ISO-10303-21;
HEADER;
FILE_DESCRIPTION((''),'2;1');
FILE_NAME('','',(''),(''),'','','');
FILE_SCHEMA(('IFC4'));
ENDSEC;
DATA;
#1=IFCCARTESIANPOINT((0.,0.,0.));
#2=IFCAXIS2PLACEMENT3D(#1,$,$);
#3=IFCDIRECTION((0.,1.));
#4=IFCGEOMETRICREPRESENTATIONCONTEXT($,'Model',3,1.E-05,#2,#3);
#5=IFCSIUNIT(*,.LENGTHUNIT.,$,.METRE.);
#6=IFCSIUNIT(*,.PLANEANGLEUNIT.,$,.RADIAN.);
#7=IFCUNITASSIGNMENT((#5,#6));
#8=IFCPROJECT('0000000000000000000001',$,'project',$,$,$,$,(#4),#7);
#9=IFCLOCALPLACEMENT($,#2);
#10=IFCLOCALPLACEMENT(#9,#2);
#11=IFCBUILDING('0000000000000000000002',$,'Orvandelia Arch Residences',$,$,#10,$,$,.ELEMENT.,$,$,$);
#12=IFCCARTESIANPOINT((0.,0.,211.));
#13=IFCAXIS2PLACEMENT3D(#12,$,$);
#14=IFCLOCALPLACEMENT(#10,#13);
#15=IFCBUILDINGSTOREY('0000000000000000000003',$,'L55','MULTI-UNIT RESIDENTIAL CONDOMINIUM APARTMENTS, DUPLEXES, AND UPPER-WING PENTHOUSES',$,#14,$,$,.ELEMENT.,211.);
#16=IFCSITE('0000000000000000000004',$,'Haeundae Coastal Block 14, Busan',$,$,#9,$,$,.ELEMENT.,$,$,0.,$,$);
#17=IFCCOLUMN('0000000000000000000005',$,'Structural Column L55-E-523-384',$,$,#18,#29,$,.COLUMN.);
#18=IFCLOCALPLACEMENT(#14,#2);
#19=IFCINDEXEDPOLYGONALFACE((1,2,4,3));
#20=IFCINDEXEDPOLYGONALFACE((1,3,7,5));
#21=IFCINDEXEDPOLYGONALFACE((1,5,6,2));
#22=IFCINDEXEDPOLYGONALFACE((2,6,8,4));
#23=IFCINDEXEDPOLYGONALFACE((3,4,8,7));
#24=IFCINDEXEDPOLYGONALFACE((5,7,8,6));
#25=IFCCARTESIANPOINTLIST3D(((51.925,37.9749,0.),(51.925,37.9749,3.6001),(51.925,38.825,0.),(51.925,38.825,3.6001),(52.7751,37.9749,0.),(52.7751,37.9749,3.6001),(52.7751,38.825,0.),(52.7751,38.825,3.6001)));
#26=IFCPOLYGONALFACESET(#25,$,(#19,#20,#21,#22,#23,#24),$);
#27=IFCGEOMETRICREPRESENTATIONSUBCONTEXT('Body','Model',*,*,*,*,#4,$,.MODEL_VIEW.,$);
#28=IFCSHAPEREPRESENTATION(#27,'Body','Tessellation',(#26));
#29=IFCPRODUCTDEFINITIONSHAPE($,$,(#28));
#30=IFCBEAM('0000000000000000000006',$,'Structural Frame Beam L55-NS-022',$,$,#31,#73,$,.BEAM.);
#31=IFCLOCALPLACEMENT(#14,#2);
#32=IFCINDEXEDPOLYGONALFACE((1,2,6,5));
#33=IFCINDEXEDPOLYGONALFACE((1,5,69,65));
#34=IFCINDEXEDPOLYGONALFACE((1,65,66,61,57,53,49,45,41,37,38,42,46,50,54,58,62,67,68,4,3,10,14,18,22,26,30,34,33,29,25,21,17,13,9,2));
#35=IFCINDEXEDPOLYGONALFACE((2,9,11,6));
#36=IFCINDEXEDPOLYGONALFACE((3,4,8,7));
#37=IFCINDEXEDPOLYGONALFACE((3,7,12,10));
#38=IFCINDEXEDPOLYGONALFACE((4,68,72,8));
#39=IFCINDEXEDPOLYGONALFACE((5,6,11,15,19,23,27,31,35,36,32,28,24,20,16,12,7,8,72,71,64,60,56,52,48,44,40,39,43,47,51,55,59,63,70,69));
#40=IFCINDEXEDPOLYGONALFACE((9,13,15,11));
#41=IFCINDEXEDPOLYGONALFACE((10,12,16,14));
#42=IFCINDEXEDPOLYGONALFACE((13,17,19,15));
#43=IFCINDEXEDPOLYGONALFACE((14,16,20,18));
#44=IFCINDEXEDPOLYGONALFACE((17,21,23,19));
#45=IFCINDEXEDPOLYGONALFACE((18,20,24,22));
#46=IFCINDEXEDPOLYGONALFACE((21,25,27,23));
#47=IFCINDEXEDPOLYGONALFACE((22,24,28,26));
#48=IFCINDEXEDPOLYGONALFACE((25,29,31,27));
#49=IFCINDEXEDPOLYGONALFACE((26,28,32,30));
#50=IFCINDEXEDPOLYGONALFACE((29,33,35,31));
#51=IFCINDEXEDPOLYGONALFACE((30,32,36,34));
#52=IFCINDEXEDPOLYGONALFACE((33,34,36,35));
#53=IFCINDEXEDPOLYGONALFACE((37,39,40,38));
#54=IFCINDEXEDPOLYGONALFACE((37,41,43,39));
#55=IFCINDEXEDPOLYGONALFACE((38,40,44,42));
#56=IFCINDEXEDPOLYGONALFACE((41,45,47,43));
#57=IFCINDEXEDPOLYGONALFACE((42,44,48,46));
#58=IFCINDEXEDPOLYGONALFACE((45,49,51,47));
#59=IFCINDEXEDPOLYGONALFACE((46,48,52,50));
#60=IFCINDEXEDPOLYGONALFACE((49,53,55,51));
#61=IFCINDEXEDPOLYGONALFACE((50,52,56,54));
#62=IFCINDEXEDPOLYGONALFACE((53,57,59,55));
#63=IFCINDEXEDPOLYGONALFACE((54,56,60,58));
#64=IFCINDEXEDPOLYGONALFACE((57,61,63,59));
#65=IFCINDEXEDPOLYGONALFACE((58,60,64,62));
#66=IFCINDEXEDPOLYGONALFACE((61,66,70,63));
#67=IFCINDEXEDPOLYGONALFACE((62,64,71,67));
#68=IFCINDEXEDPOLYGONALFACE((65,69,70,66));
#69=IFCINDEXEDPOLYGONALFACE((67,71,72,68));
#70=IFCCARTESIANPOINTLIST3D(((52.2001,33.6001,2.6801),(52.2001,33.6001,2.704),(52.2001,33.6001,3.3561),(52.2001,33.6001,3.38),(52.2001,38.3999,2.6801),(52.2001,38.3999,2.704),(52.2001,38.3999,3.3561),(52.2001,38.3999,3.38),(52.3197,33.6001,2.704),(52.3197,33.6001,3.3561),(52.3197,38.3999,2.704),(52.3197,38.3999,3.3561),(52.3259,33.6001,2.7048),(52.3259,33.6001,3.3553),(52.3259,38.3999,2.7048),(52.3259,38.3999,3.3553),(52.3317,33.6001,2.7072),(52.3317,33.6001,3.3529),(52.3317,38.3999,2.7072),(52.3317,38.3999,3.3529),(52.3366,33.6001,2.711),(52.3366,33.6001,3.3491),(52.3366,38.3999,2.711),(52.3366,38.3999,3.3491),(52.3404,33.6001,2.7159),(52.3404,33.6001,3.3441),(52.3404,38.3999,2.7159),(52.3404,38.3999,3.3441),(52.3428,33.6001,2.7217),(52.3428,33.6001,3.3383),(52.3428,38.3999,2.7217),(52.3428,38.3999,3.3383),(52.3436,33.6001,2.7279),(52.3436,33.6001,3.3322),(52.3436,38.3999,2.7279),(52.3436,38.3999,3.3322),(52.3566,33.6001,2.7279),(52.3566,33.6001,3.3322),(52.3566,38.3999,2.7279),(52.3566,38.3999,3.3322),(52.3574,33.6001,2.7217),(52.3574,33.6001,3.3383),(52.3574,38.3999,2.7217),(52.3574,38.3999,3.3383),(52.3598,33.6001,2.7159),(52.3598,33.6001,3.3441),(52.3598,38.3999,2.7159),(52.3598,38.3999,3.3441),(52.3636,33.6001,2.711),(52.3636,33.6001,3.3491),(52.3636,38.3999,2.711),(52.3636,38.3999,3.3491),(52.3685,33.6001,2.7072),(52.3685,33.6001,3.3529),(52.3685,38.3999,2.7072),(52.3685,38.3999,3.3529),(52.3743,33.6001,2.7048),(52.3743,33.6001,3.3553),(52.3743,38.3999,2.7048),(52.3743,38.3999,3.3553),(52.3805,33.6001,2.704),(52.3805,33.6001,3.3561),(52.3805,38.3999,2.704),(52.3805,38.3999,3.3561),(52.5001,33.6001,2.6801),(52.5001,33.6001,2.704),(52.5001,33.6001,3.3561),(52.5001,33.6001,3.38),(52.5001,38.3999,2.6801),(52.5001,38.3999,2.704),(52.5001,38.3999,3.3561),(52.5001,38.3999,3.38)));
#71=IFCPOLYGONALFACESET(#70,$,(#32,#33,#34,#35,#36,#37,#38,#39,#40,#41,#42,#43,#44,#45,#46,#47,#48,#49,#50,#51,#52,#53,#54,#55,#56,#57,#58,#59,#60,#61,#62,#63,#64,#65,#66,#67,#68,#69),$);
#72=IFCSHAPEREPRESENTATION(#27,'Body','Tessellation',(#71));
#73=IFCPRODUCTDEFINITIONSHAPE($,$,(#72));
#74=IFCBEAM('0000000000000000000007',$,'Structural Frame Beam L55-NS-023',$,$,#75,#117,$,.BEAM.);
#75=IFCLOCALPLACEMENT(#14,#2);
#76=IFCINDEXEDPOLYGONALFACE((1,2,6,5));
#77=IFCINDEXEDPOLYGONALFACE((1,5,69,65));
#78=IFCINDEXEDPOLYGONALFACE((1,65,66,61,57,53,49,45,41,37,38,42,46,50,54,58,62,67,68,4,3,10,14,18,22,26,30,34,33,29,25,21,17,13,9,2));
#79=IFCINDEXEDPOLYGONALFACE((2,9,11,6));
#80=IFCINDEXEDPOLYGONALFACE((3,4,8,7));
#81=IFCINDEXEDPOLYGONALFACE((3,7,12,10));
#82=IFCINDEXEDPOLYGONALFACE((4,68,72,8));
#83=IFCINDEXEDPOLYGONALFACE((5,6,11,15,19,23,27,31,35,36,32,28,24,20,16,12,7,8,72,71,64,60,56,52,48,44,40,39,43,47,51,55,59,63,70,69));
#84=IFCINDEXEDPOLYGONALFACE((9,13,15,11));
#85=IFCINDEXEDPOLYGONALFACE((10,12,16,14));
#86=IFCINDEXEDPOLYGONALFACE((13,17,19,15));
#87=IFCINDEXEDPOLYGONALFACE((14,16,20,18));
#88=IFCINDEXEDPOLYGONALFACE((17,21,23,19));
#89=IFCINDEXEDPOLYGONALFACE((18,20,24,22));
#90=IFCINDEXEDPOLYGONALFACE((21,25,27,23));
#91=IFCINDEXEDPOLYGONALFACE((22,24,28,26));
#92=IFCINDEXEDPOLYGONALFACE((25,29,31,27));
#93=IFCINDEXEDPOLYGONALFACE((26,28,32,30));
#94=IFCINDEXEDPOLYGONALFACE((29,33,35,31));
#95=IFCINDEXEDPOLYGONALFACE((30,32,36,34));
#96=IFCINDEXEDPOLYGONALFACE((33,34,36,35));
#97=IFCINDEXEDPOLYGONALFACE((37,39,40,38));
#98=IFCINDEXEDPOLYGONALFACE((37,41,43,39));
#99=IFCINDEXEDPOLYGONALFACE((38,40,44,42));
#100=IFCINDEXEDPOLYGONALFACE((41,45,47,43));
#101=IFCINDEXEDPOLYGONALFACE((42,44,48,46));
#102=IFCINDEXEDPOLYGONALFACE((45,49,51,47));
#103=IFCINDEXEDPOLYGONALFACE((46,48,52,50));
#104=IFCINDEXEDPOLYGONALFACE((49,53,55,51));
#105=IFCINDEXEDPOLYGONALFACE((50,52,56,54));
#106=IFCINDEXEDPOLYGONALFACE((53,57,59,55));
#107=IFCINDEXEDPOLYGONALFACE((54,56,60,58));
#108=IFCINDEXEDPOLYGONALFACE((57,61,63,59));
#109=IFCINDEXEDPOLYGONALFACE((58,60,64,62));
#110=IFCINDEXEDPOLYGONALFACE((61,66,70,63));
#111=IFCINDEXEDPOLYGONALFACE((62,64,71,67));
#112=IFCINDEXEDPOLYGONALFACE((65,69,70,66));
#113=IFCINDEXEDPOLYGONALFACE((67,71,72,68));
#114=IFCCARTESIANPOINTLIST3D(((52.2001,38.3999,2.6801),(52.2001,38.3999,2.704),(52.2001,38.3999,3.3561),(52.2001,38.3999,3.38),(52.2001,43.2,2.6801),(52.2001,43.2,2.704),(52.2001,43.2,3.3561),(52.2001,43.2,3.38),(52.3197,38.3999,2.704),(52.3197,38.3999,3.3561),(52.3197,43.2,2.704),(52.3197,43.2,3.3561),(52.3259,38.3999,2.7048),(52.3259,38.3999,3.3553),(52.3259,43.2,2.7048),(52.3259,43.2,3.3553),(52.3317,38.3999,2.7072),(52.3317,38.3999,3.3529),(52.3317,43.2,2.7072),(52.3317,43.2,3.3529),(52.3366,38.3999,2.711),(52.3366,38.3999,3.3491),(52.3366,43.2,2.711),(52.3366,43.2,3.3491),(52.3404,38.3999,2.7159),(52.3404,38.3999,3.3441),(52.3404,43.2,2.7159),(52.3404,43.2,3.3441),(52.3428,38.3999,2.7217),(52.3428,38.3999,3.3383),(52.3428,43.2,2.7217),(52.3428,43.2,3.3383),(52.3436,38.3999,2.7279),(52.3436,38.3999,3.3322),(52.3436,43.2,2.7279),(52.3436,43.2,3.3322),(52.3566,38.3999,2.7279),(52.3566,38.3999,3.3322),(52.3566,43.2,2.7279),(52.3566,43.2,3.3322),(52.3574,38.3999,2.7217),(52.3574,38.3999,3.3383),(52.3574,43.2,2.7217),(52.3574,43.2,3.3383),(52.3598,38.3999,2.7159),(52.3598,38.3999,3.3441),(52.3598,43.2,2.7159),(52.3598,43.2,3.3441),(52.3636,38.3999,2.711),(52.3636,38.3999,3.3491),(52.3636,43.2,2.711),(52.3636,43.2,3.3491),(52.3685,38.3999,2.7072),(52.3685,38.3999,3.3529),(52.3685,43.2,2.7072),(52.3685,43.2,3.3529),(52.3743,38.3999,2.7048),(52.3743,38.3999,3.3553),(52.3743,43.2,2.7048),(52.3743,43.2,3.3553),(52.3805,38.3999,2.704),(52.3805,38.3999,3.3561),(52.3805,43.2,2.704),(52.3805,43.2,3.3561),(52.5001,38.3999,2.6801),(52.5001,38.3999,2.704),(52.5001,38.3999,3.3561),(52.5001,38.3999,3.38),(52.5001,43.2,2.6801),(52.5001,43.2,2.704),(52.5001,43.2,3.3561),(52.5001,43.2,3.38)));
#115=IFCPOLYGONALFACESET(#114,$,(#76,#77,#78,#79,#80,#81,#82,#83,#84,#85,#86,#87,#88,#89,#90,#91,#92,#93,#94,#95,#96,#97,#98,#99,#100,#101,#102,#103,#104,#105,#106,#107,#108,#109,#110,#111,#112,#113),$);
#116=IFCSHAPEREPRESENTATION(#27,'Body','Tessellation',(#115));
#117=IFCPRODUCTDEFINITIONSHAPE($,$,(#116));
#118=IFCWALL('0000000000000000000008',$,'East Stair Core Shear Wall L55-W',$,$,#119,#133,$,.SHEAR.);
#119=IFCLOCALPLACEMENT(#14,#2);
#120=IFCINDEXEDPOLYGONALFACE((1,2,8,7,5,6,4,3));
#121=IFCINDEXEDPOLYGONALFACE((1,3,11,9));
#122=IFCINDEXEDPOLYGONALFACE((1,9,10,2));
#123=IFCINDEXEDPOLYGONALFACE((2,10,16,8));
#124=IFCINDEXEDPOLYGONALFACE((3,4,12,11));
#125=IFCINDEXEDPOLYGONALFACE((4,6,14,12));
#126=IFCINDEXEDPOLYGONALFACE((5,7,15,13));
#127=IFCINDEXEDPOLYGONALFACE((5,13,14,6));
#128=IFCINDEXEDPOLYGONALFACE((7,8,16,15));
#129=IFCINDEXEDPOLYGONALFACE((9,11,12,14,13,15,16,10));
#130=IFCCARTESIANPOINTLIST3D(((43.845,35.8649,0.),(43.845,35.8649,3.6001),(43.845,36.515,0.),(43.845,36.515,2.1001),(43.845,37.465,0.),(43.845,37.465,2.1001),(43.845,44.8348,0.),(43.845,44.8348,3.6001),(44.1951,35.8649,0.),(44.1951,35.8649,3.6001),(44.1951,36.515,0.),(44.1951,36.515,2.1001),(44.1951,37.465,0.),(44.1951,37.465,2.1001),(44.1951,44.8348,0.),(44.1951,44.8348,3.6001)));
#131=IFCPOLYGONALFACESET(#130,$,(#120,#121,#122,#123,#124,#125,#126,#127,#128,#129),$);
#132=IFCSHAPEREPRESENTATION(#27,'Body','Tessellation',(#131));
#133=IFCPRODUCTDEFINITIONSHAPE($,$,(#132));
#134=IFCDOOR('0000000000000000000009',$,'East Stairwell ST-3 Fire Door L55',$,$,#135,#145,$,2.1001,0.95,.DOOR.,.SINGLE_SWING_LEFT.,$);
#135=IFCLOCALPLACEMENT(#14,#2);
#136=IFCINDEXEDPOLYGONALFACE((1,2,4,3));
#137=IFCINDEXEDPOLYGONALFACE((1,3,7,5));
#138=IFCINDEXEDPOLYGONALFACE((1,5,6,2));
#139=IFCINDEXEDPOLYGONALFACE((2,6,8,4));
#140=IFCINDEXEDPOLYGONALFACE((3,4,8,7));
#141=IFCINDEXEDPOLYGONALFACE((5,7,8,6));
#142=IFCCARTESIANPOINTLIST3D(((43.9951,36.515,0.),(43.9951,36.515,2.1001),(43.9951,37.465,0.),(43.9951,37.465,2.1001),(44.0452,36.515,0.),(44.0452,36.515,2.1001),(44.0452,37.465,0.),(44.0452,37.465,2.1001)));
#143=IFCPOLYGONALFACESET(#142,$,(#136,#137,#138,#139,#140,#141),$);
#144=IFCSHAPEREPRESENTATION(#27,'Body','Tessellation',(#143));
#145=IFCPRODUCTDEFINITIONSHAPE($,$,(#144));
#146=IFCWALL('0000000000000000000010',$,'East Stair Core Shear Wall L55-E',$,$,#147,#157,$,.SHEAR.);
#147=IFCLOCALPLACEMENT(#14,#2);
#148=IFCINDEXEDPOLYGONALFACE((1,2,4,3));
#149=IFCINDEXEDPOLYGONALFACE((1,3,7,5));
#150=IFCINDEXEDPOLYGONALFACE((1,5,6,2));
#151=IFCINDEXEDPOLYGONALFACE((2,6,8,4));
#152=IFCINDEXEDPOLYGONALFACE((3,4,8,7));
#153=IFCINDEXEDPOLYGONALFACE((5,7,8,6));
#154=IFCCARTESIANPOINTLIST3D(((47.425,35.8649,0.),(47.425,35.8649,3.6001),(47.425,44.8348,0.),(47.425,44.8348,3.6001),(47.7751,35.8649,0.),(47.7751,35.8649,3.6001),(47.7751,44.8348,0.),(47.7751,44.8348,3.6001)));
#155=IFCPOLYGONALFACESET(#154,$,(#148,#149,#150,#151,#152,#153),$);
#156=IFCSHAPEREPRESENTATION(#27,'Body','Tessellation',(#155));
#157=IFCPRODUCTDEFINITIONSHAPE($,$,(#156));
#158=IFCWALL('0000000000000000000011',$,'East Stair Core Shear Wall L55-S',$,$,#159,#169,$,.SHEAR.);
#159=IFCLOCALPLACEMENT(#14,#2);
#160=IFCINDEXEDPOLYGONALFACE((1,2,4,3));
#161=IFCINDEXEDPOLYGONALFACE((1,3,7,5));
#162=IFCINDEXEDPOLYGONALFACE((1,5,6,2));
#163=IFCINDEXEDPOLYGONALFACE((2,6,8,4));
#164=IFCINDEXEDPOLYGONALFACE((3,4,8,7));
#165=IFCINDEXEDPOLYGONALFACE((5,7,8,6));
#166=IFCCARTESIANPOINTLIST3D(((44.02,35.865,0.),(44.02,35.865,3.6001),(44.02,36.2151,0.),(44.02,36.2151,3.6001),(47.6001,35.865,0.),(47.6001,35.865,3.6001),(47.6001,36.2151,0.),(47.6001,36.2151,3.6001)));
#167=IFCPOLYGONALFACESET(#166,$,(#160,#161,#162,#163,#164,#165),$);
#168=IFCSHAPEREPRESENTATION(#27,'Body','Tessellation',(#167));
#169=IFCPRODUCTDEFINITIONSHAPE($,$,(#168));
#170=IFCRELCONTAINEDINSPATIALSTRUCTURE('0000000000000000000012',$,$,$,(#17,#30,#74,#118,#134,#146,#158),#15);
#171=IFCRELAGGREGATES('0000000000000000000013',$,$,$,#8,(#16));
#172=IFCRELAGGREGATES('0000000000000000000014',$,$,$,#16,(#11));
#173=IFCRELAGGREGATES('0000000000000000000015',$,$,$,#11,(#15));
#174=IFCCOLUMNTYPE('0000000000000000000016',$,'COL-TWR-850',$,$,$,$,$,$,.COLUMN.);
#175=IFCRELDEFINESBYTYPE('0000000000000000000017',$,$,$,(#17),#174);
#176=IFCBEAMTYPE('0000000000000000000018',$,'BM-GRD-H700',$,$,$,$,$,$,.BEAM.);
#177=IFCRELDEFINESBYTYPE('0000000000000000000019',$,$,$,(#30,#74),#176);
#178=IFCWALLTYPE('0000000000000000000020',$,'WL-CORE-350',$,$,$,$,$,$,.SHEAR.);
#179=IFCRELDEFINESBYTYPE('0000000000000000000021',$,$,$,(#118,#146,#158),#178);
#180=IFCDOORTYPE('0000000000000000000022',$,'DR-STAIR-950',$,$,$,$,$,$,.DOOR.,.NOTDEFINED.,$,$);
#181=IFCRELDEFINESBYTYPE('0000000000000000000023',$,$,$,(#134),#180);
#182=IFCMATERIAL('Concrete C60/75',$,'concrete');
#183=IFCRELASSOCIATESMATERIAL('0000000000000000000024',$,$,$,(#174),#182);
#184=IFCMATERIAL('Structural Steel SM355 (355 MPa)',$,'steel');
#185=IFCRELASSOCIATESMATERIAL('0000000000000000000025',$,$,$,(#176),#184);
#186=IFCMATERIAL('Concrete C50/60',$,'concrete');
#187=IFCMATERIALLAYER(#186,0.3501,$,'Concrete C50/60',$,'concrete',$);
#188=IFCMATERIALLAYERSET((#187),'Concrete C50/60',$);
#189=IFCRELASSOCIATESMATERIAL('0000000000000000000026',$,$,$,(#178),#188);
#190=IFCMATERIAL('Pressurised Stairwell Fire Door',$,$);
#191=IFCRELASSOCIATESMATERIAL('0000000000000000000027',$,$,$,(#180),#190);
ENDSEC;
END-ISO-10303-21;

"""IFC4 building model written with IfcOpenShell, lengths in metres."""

from ifc_helpers import new_model, si_unit, direction, frame, frame_2d, origin, origin_2d, place, context, subcontext, project, spatial, rectangle, i_section, extrude, material, layer, layer_set, material_profile, profile_set, type_object, element, fill, save


model = new_model("IFC4")

# Units and contexts
model_context = context("Model", 3, precision=1e-05, world=origin(), true_north=direction((0.0, 1.0)))
body_context = subcontext(model_context, "Body", "Model", "MODEL_VIEW")
ifc_project = project(units=[si_unit("LENGTHUNIT", "METRE"), si_unit("PLANEANGLEUNIT", "RADIAN")], contexts=[model_context])

# Site, building, storey
site_placement = place(None, origin())
site = spatial("IfcSite", under=ifc_project, at=site_placement, Name="Haeundae Coastal Block 14, Busan", CompositionType="ELEMENT", RefElevation=0.0)
building_placement = place(site_placement, origin())
building = spatial("IfcBuilding", under=site, at=building_placement, Name="Orvandelia Arch Residences", CompositionType="ELEMENT")
storey_placement = place(building_placement, frame((0.0, 0.0, 211.0)))
storey = spatial("IfcBuildingStorey", under=building, at=storey_placement, Name="L55", Description="MULTI-UNIT RESIDENTIAL CONDOMINIUM APARTMENTS, DUPLEXES, AND UPPER-WING PENTHOUSES", CompositionType="ELEMENT", Elevation=211.0)

# Column
ifc_material_1 = material(Name="Concrete C60/75", Category="concrete")
ifc_material_profile_1 = material_profile(ifc_material_1, rectangle(XDim=0.8501, YDim=0.8501, at=origin_2d()), Name="Concrete C60/75", Category="concrete")
ifc_profile_set_1 = profile_set([ifc_material_profile_1], Name="Concrete C60/75")
column_type = type_object("IfcColumnType", Name="COL-TWR-850", PredefinedType="COLUMN", material=ifc_profile_set_1)
column_placement = place(storey_placement, frame((52.3501, 38.3999, 0.0), z_axis=(0.0, 0.0, 1.0), x_axis=(1.0, 0.0, 0.0)))
element("IfcColumn", 1, at=column_placement, inside=storey, type_object=column_type, Name="Structural Column L55-E-523-384", PredefinedType="COLUMN", context=body_context, shape_type="SweptSolid", body=[
    extrude(rectangle(XDim=0.8501, YDim=0.8501, at=origin_2d()), origin(), (0.0, 0.0, 1.0), 3.6001),
])

# Beams
ifc_material_2 = material(Name="Structural Steel SM355 (355 MPa)", Category="steel")
ifc_material_profile_2 = material_profile(ifc_material_2, i_section(OverallWidth=0.3, OverallDepth=0.7, WebThickness=0.0129, FlangeThickness=0.0239, FilletRadius=0.0239, at=origin_2d()), Name="Structural Steel SM355 (355 MPa)", Category="steel")
ifc_profile_set_2 = profile_set([ifc_material_profile_2], Name="Structural Steel SM355 (355 MPa)")
beam_type = type_object("IfcBeamType", Name="BM-GRD-H700", PredefinedType="BEAM", material=ifc_profile_set_2)
beam_1_placement = place(storey_placement, frame((52.3501, 33.6001, 3.03), z_axis=(0.0, 1.0, 0.0), x_axis=(-1.0, 0.0, 0.0)))
element("IfcBeam", 2, at=beam_1_placement, inside=storey, type_object=beam_type, Name="Structural Frame Beam L55-NS-022", PredefinedType="BEAM", context=body_context, shape_type="SweptSolid", body=[
    extrude(i_section(OverallWidth=0.3, OverallDepth=0.7, WebThickness=0.0129, FlangeThickness=0.0239, FilletRadius=0.0239, at=origin_2d()), origin(), (0.0, 0.0, 1.0), 4.7998),
])
beam_2_placement = place(storey_placement, frame((52.3501, 38.3999, 3.03), z_axis=(0.0, 1.0, 0.0), x_axis=(-1.0, 0.0, 0.0)))
element("IfcBeam", 3, at=beam_2_placement, inside=storey, type_object=beam_type, Name="Structural Frame Beam L55-NS-023", PredefinedType="BEAM", context=body_context, shape_type="SweptSolid", body=[
    extrude(i_section(OverallWidth=0.3, OverallDepth=0.7, WebThickness=0.0129, FlangeThickness=0.0239, FilletRadius=0.0239, at=origin_2d()), origin(), (0.0, 0.0, 1.0), 4.8),
])

# Wall, opening, door
ifc_material_3 = material(Name="Concrete C50/60", Category="concrete")
ifc_layer_1 = layer(ifc_material_3, 0.3501, Name="Concrete C50/60", Category="concrete")
ifc_layer_set_1 = layer_set([ifc_layer_1], Name="Concrete C50/60")
wall_type_1 = type_object("IfcWallType", Name="WL-CORE-350", PredefinedType="SHEAR", material=ifc_layer_set_1)
wall_1_placement = place(storey_placement, frame((44.02, 35.865, 0.0), z_axis=(0.0, 0.0, 1.0), x_axis=(0.0, 1.0, 0.0)))
wall_1 = element("IfcWall", 4, at=wall_1_placement, inside=storey, type_object=wall_type_1, Name="East Stair Core Shear Wall L55-W", PredefinedType="SHEAR", context=body_context, shape_type="SweptSolid", body=[
    extrude(rectangle(XDim=8.97, YDim=0.3501, at=frame_2d((4.4849, 0.0))), origin(), (0.0, 0.0, 1.0), 3.6001),
])
opening_1_placement = place(wall_1_placement, frame((0.6499, 0.0, 0.0)))
opening_1 = element("IfcOpeningElement", 5, at=opening_1_placement, cuts=wall_1, PredefinedType="OPENING", context=body_context, shape_type="SweptSolid", body=[
    extrude(rectangle(XDim=0.95, YDim=2.1001, at=frame_2d((0.4751, 1.05))), frame((0.0, 0.1851, 0.0), z_axis=(0.0, -1.0, 0.0), x_axis=(1.0, 0.0, 0.0)), (0.0, 0.0, 1.0), 0.3701),
])
ifc_material_4 = material(Name="Pressurised Stairwell Fire Door")
door_type_1 = type_object("IfcDoorType", Name="DR-STAIR-950", OperationType="NOTDEFINED", PredefinedType="DOOR", material=ifc_material_4)
door_1_placement = place(opening_1_placement, origin())
door_1 = element("IfcDoor", 6, at=door_1_placement, inside=storey, type_object=door_type_1, Name="East Stairwell ST-3 Fire Door L55", OperationType="SINGLE_SWING_LEFT", OverallHeight=2.1001, OverallWidth=0.95, PredefinedType="DOOR", context=body_context, shape_type="SweptSolid", body=[
    extrude(rectangle(XDim=0.95, YDim=2.1001, at=frame_2d((0.4751, 1.05))), frame((0.0, 0.0249, 0.0), z_axis=(0.0, -1.0, 0.0), x_axis=(1.0, 0.0, 0.0)), (0.0, 0.0, 1.0), 0.05),
])
fill(opening_1, door_1)

# Walls
wall_2_placement = place(storey_placement, frame((47.6001, 35.865, 0.0), z_axis=(0.0, 0.0, 1.0), x_axis=(0.0, 1.0, 0.0)))
element("IfcWall", 7, at=wall_2_placement, inside=storey, type_object=wall_type_1, Name="East Stair Core Shear Wall L55-E", PredefinedType="SHEAR", context=body_context, shape_type="SweptSolid", body=[
    extrude(rectangle(XDim=8.97, YDim=0.3501, at=frame_2d((4.4849, 0.0))), origin(), (0.0, 0.0, 1.0), 3.6001),
])
wall_3_placement = place(storey_placement, frame((44.02, 36.04, 0.0), z_axis=(0.0, 0.0, 1.0), x_axis=(1.0, 0.0, 0.0)))
element("IfcWall", 8, at=wall_3_placement, inside=storey, type_object=wall_type_1, Name="East Stair Core Shear Wall L55-S", PredefinedType="SHEAR", context=body_context, shape_type="SweptSolid", body=[
    extrude(rectangle(XDim=3.5801, YDim=0.3501, at=frame_2d((1.79, 0.0))), origin(), (0.0, 0.0, 1.0), 3.6001),
])

save(model, "model.ifc")
